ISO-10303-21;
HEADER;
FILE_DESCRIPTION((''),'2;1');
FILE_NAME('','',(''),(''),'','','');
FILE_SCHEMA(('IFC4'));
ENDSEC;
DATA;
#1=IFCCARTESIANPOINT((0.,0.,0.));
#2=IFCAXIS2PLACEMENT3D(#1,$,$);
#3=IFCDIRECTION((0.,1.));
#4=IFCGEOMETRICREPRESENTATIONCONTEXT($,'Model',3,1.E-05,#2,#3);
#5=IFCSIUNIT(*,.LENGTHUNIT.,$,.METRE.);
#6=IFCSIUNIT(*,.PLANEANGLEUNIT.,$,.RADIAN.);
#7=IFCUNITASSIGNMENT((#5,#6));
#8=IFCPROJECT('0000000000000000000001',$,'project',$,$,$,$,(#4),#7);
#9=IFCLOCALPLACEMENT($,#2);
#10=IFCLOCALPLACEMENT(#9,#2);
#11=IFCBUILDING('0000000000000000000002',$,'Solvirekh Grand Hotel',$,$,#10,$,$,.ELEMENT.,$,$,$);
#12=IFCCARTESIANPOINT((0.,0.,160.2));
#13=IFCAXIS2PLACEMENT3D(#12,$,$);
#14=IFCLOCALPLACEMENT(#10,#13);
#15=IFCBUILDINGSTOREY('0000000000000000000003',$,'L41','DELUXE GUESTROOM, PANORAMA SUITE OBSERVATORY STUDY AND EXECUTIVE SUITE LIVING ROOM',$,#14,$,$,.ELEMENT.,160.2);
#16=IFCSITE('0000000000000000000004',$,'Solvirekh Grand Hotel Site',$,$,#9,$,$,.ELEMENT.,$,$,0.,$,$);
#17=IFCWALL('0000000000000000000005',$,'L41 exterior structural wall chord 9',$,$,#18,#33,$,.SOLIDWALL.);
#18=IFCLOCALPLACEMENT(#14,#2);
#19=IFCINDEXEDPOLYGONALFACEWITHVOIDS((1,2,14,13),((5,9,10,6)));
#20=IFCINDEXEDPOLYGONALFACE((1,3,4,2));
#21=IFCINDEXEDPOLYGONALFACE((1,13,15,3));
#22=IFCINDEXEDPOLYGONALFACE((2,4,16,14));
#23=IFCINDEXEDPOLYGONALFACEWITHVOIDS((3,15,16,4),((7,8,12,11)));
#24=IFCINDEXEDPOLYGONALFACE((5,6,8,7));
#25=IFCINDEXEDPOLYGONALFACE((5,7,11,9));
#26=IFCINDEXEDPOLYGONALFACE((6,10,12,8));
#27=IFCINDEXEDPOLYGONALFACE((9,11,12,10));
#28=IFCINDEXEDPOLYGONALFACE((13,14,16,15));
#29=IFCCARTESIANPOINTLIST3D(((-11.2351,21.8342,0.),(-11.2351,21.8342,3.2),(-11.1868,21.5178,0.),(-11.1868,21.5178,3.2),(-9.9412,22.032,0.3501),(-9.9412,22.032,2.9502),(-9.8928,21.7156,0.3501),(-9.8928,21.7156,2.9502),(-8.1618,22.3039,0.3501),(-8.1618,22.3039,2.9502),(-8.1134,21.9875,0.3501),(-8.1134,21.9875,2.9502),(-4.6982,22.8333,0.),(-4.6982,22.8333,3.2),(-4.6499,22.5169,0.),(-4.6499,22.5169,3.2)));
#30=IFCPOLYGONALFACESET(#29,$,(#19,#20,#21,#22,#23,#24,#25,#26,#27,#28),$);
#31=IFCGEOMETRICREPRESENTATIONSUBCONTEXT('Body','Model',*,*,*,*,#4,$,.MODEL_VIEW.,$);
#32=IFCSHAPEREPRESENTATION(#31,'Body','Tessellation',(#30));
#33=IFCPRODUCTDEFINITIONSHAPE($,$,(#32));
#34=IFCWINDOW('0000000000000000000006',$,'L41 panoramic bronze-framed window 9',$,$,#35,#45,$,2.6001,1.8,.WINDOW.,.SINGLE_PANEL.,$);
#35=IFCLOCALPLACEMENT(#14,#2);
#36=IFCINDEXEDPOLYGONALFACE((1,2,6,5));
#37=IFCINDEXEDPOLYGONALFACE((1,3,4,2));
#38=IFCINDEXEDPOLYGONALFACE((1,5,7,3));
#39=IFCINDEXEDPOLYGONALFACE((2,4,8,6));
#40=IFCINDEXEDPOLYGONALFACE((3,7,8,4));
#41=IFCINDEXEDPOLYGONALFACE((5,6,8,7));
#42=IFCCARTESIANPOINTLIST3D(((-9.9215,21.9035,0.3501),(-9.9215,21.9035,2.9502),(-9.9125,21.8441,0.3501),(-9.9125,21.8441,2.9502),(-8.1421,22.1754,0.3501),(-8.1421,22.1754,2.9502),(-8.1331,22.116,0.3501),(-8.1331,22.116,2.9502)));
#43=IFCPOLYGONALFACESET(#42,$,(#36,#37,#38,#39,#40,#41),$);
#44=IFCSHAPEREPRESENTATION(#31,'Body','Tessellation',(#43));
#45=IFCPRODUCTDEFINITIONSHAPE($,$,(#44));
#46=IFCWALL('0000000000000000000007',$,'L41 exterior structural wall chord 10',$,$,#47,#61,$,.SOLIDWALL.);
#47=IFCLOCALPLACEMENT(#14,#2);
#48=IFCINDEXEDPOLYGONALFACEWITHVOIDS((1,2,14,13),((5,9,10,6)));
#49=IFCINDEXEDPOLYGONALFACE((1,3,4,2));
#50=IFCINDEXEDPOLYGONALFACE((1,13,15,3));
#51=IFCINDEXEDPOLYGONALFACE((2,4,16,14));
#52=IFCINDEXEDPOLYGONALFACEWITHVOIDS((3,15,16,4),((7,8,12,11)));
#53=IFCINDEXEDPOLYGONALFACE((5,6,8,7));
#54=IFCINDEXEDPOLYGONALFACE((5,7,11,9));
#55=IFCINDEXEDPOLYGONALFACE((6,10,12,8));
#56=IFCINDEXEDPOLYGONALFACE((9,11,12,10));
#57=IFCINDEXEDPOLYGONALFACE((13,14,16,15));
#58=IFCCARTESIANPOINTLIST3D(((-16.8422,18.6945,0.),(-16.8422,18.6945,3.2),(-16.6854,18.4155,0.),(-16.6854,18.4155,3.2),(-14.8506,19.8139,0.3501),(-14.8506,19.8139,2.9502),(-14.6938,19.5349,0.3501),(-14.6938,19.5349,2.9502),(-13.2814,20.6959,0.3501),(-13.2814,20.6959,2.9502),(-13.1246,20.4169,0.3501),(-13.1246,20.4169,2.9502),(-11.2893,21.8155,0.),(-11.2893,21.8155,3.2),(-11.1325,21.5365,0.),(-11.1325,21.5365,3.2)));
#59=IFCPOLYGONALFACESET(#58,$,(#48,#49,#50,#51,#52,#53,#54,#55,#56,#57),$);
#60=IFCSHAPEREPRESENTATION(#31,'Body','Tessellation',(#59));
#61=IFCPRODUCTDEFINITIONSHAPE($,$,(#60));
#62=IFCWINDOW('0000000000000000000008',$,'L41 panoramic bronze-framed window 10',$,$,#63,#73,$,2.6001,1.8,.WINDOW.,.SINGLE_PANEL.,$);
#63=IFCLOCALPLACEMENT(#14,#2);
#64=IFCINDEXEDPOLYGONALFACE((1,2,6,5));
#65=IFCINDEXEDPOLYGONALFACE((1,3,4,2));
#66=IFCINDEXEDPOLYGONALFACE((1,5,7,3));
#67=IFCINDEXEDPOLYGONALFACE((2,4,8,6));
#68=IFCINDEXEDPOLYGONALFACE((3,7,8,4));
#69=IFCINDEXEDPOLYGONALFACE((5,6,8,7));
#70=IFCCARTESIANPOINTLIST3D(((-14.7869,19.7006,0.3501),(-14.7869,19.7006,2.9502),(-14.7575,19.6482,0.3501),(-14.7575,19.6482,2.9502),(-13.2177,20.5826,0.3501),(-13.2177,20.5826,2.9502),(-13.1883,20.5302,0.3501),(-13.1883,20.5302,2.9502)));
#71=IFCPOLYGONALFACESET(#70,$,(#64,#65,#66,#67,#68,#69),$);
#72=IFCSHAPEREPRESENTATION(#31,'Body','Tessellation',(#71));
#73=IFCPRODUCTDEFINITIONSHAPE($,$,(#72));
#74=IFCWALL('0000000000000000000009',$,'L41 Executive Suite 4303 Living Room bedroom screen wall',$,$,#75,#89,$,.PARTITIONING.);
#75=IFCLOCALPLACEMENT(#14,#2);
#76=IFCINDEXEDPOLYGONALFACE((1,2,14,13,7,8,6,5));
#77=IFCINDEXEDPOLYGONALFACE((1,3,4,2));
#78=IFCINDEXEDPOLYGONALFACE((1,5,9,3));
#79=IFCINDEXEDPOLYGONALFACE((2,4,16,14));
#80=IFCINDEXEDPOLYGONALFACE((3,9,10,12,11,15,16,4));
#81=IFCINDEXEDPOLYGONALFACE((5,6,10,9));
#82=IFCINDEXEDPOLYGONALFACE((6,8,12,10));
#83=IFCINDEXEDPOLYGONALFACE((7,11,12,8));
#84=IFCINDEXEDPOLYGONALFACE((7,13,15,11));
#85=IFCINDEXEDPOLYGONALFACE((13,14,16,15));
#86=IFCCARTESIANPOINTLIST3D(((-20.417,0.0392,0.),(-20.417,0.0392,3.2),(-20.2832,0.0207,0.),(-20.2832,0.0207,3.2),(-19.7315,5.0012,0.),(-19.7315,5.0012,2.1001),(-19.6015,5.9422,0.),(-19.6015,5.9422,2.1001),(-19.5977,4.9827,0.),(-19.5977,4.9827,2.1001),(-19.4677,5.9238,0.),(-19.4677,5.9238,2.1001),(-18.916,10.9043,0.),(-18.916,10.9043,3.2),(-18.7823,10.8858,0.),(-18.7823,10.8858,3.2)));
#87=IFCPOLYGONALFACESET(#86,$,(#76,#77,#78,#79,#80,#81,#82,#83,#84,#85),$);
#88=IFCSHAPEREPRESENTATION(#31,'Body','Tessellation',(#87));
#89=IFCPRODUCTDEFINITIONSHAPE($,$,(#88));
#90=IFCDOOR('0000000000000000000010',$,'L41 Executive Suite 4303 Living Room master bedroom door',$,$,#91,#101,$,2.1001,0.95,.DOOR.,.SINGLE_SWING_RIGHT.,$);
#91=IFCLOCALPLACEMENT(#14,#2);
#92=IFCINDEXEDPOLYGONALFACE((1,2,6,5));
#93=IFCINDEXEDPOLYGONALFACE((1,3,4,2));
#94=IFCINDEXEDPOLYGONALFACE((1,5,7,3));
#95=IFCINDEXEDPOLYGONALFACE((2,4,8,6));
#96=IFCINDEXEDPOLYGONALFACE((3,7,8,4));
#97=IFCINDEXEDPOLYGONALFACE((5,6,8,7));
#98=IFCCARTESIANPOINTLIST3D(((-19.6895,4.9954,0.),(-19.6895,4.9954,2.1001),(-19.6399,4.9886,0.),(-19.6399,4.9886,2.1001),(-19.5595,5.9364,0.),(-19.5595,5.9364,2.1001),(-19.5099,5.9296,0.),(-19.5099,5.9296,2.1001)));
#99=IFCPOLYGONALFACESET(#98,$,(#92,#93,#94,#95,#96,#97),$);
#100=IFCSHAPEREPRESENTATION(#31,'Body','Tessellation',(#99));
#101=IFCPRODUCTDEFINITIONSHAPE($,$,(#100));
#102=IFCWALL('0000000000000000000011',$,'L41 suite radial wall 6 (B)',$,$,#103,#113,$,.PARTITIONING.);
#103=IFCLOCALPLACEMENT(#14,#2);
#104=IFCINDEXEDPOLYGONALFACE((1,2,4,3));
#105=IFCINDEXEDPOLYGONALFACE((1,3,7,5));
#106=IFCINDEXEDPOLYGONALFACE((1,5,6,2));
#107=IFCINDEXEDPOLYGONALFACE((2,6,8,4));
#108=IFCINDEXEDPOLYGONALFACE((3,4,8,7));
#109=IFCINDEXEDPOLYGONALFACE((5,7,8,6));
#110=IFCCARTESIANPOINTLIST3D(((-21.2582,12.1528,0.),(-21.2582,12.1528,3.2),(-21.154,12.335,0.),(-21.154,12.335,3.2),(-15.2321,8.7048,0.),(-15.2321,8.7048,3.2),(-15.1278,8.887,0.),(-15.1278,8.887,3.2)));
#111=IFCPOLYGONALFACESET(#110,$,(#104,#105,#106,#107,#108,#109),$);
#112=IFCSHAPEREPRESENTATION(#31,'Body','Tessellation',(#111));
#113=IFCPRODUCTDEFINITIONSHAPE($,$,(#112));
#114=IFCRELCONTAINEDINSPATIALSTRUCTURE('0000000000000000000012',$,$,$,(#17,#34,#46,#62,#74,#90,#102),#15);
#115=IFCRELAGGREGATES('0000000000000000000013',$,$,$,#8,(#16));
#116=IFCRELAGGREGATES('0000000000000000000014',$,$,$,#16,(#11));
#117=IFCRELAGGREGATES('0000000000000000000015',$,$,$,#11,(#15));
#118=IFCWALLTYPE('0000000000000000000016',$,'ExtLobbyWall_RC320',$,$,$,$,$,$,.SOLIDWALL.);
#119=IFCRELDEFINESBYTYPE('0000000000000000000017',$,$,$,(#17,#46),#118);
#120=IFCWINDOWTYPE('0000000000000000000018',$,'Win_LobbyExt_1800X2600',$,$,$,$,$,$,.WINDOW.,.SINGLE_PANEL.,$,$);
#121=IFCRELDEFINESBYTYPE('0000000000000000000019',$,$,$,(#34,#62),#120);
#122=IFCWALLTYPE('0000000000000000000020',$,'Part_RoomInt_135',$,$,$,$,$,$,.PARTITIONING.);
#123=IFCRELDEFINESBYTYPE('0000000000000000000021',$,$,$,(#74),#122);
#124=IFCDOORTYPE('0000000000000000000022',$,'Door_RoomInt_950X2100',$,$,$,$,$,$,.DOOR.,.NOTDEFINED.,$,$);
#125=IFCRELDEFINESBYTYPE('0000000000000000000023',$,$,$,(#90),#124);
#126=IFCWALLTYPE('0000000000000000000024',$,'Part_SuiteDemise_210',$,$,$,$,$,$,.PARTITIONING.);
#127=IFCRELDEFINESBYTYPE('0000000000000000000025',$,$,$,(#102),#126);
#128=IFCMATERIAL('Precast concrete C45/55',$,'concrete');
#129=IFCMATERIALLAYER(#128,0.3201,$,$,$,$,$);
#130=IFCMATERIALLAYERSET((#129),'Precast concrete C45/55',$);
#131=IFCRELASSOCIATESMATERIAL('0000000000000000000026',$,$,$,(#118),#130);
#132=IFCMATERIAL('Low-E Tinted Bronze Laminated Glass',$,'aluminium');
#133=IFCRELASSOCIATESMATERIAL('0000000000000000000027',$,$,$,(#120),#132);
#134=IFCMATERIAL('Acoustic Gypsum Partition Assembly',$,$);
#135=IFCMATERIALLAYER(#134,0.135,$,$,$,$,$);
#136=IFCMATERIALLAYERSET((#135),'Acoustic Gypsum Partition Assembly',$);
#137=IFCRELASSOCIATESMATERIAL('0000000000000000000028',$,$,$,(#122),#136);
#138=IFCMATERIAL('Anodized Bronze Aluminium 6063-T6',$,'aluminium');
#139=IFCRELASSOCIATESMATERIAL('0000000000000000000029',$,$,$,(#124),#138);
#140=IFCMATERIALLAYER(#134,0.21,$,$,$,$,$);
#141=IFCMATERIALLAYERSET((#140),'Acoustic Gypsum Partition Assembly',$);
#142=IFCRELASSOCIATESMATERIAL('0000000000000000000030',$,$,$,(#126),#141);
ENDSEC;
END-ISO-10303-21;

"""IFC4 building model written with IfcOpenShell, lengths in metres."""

from ifc_helpers import new_model, si_unit, direction, frame, frame_2d, origin, place, context, subcontext, project, spatial, rectangle, extrude, material, layer, layer_set, type_object, element, fill, save


model = new_model("IFC4")

# Units and contexts
model_context = context("Model", 3, precision=1e-05, world=origin(), true_north=direction((0.0, 1.0)))
body_context = subcontext(model_context, "Body", "Model", "MODEL_VIEW")
ifc_project = project(units=[si_unit("LENGTHUNIT", "METRE"), si_unit("PLANEANGLEUNIT", "RADIAN")], contexts=[model_context])

# Site, building, storey
site_placement = place(None, origin())
site = spatial("IfcSite", under=ifc_project, at=site_placement, Name="Solvirekh Grand Hotel Site", CompositionType="ELEMENT", RefElevation=0.0)
building_placement = place(site_placement, origin())
building = spatial("IfcBuilding", under=site, at=building_placement, Name="Solvirekh Grand Hotel", CompositionType="ELEMENT")
storey_placement = place(building_placement, frame((0.0, 0.0, 160.2)))
storey = spatial("IfcBuildingStorey", under=building, at=storey_placement, Name="L41", Description="DELUXE GUESTROOM, PANORAMA SUITE OBSERVATORY STUDY AND EXECUTIVE SUITE LIVING ROOM", CompositionType="ELEMENT", Elevation=160.2)

# Shared definitions
ifc_material_1 = material(Name="Anodized Bronze Aluminium 6063-T6", Category="aluminium")
ifc_material_2 = material(Name="Low-E Tinted Bronze Laminated Glass", Category="aluminium")

# Walls, openings, windows
ifc_material_3 = material(Name="Precast concrete C45/55", Category="concrete")
ifc_layer_1 = layer(ifc_material_3, 0.3201)
ifc_layer_set_1 = layer_set([ifc_layer_1], Name="Precast concrete C45/55")
wall_type_1 = type_object("IfcWallType", Name="ExtLobbyWall_RC320", PredefinedType="SOLIDWALL", material=ifc_layer_set_1)
wall_1_placement = place(storey_placement, frame((-11.2109, 21.676, 0.0), z_axis=(0.0, 0.0, 1.0), x_axis=(0.988522, 0.151075, 0.0)))
wall_1 = element("IfcWall", 1, at=wall_1_placement, inside=storey, type_object=wall_type_1, Name="L41 exterior structural wall chord 9", PredefinedType="SOLIDWALL", context=body_context, shape_type="SweptSolid", body=[
    extrude(rectangle(XDim=6.6128, YDim=0.3201, at=frame_2d((3.3064, 0.0))), origin(), (0.0, 0.0, 1.0), 3.2),
])
opening_1_placement = place(wall_1_placement, frame((1.3091, 0.0, 0.3501)))
opening_1 = element("IfcOpeningElement", 2, at=opening_1_placement, cuts=wall_1, PredefinedType="OPENING", context=body_context, shape_type="SweptSolid", body=[
    extrude(rectangle(XDim=1.8, YDim=2.6001, at=frame_2d((0.8999, 1.3))), frame((0.0, 0.1699, 0.0), z_axis=(0.0, -1.0, 0.0), x_axis=(1.0, 0.0, 0.0)), (0.0, 0.0, 1.0), 0.3401),
])
window_type = type_object("IfcWindowType", Name="Win_LobbyExt_1800X2600", PartitioningType="SINGLE_PANEL", PredefinedType="WINDOW", material=ifc_material_2)
window_1_placement = place(opening_1_placement, origin())
window_1 = element("IfcWindow", 3, at=window_1_placement, inside=storey, type_object=window_type, Name="L41 panoramic bronze-framed window 9", OverallHeight=2.6001, OverallWidth=1.8, PartitioningType="SINGLE_PANEL", PredefinedType="WINDOW", context=body_context, shape_type="SweptSolid", body=[
    extrude(rectangle(XDim=1.8, YDim=2.6001, at=frame_2d((0.8999, 1.3))), frame((0.0, 0.03, 0.0), z_axis=(0.0, -1.0, 0.0), x_axis=(1.0, 0.0, 0.0)), (0.0, 0.0, 1.0), 0.0601),
])
fill(opening_1, window_1)
wall_2_placement = place(storey_placement, frame((-16.7639, 18.5549, 0.0), z_axis=(0.0, 0.0, 1.0), x_axis=(0.87174, 0.489968, 0.0)))
wall_2 = element("IfcWall", 4, at=wall_2_placement, inside=storey, type_object=wall_type_1, Name="L41 exterior structural wall chord 10", PredefinedType="SOLIDWALL", context=body_context, shape_type="SweptSolid", body=[
    extrude(rectangle(XDim=6.3699, YDim=0.3201, at=frame_2d((3.1851, 0.0))), origin(), (0.0, 0.0, 1.0), 3.2),
])
opening_2_placement = place(wall_2_placement, frame((2.2849, 0.0, 0.3501)))
opening_2 = element("IfcOpeningElement", 5, at=opening_2_placement, cuts=wall_2, PredefinedType="OPENING", context=body_context, shape_type="SweptSolid", body=[
    extrude(rectangle(XDim=1.8, YDim=2.6001, at=frame_2d((0.8999, 1.3))), frame((0.0, 0.1699, 0.0), z_axis=(0.0, -1.0, 0.0), x_axis=(1.0, 0.0, 0.0)), (0.0, 0.0, 1.0), 0.3401),
])
window_2_placement = place(opening_2_placement, origin())
window_2 = element("IfcWindow", 6, at=window_2_placement, inside=storey, type_object=window_type, Name="L41 panoramic bronze-framed window 10", OverallHeight=2.6001, OverallWidth=1.8, PartitioningType="SINGLE_PANEL", PredefinedType="WINDOW", context=body_context, shape_type="SweptSolid", body=[
    extrude(rectangle(XDim=1.8, YDim=2.6001, at=frame_2d((0.8999, 1.3))), frame((0.0, 0.03, 0.0), z_axis=(0.0, -1.0, 0.0), x_axis=(1.0, 0.0, 0.0)), (0.0, 0.0, 1.0), 0.0601),
])
fill(opening_2, window_2)

# Wall, opening, door
ifc_material_4 = material(Name="Acoustic Gypsum Partition Assembly")
ifc_layer_2 = layer(ifc_material_4, 0.135)
ifc_layer_set_2 = layer_set([ifc_layer_2], Name="Acoustic Gypsum Partition Assembly")
wall_type_2 = type_object("IfcWallType", Name="Part_RoomInt_135", PredefinedType="PARTITIONING", material=ifc_layer_set_2)
wall_3_placement = place(storey_placement, frame((-18.8491, 10.895, 0.0), z_axis=(0.0, 0.0, 1.0), x_axis=(-0.136848, -0.990592, 0.0)))
wall_3 = element("IfcWall", 7, at=wall_3_placement, inside=storey, type_object=wall_type_2, Name="L41 Executive Suite 4303 Living Room bedroom screen wall", PredefinedType="PARTITIONING", context=body_context, shape_type="SweptSolid", body=[
    extrude(rectangle(XDim=10.9683, YDim=0.135, at=frame_2d((5.4841, 0.0))), origin(), (0.0, 0.0, 1.0), 3.2),
])
opening_3_placement = place(wall_3_placement, frame((5.009, 0.0, 0.0)))
opening_3 = element("IfcOpeningElement", 8, at=opening_3_placement, cuts=wall_3, PredefinedType="OPENING", context=body_context, shape_type="SweptSolid", body=[
    extrude(rectangle(XDim=0.95, YDim=2.1001, at=frame_2d((0.4751, 1.05))), frame((0.0, 0.0776, 0.0), z_axis=(0.0, -1.0, 0.0), x_axis=(1.0, 0.0, 0.0)), (0.0, 0.0, 1.0), 0.155),
])
door_type = type_object("IfcDoorType", Name="Door_RoomInt_950X2100", OperationType="NOTDEFINED", PredefinedType="DOOR", material=ifc_material_1)
door_placement = place(opening_3_placement, origin())
door = element("IfcDoor", 9, at=door_placement, inside=storey, type_object=door_type, Name="L41 Executive Suite 4303 Living Room master bedroom door", OperationType="SINGLE_SWING_RIGHT", OverallHeight=2.1001, OverallWidth=0.95, PredefinedType="DOOR", context=body_context, shape_type="SweptSolid", body=[
    extrude(rectangle(XDim=0.95, YDim=2.1001, at=frame_2d((0.4751, 1.05))), frame((0.0, 0.0249, 0.0), z_axis=(0.0, -1.0, 0.0), x_axis=(1.0, 0.0, 0.0)), (0.0, 0.0, 1.0), 0.05),
])
fill(opening_3, door)

# Wall
ifc_layer_3 = layer(ifc_material_4, 0.21)
ifc_layer_set_3 = layer_set([ifc_layer_3], Name="Acoustic Gypsum Partition Assembly")
wall_type_3 = type_object("IfcWallType", Name="Part_SuiteDemise_210", PredefinedType="PARTITIONING", material=ifc_layer_set_3)
wall_4_placement = place(storey_placement, frame((-15.1799, 8.7959, 0.0), z_axis=(0.0, 0.0, 1.0), x_axis=(-0.867964, 0.496627, 0.0)))
element("IfcWall", 10, at=wall_4_placement, inside=storey, type_object=wall_type_3, Name="L41 suite radial wall 6 (B)", PredefinedType="PARTITIONING", context=body_context, shape_type="SweptSolid", body=[
    extrude(rectangle(XDim=6.9429, YDim=0.21, at=frame_2d((3.4714, 0.0))), origin(), (0.0, 0.0, 1.0), 3.2),
])

save(model, "model.ifc")
